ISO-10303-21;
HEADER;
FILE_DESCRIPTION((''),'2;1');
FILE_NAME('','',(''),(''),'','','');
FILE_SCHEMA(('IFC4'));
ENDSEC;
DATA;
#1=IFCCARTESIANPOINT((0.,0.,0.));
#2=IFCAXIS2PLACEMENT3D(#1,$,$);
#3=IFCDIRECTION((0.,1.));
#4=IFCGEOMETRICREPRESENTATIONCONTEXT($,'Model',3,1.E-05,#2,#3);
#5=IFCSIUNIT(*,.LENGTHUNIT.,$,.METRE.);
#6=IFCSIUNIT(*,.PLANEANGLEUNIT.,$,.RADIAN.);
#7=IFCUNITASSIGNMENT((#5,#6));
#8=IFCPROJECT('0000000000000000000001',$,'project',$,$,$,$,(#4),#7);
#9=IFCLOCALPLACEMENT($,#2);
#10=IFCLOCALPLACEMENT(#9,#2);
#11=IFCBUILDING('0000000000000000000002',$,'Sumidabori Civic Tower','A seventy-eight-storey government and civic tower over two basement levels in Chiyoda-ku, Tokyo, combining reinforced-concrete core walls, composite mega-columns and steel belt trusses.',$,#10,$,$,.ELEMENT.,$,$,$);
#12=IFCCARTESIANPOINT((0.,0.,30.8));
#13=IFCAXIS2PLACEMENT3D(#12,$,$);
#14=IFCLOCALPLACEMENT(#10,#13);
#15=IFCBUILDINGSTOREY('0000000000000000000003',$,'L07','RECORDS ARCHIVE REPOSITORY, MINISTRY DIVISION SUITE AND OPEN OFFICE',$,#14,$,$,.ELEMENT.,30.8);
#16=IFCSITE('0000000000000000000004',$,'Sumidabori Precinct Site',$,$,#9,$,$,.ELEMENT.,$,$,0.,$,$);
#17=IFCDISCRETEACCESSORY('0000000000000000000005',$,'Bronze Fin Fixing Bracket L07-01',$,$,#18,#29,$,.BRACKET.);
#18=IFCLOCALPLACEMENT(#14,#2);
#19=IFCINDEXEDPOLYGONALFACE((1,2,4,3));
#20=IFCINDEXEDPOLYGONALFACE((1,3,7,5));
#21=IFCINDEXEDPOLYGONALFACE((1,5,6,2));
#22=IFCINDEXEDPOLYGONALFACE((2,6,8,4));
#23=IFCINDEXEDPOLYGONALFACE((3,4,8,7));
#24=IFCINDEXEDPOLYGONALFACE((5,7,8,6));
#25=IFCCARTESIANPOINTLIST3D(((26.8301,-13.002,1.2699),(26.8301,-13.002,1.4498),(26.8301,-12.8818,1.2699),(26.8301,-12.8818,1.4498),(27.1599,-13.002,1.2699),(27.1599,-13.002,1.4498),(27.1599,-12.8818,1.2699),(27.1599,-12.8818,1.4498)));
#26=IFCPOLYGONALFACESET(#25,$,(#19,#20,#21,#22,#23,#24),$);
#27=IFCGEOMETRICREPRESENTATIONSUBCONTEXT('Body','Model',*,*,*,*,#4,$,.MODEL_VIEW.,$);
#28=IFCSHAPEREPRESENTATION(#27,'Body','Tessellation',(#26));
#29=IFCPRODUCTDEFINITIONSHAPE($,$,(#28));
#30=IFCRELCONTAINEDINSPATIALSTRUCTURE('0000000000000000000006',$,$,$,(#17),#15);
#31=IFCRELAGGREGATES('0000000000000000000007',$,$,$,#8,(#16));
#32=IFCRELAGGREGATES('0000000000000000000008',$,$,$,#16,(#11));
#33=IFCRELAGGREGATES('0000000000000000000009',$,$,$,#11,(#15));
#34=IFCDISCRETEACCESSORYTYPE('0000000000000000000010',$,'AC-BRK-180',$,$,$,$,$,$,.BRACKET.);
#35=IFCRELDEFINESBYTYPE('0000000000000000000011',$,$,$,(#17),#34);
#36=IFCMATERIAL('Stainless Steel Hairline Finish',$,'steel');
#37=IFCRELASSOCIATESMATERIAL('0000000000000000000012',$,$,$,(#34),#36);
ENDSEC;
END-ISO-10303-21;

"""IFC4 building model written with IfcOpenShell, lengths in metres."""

from ifc_helpers import new_model, si_unit, direction, frame, origin, origin_2d, place, context, subcontext, project, spatial, rectangle, extrude, source, transform, mapped, material, material_profile, profile_set, type_object, element, save


model = new_model("IFC4")

# Units and contexts
model_context = context("Model", 3, precision=1e-05, world=origin(), true_north=direction((0.0, 1.0)))
body_context = subcontext(model_context, "Body", "Model", "MODEL_VIEW")
ifc_project = project(units=[si_unit("LENGTHUNIT", "METRE"), si_unit("PLANEANGLEUNIT", "RADIAN")], contexts=[model_context])

# Site, building, storey
site_placement = place(None, origin())
site = spatial("IfcSite", under=ifc_project, at=site_placement, Name="Sumidabori Precinct Site", CompositionType="ELEMENT", RefElevation=0.0)
building_placement = place(site_placement, origin())
building = spatial("IfcBuilding", under=site, at=building_placement, Name="Sumidabori Civic Tower", Description="A seventy-eight-storey government and civic tower over two basement levels in Chiyoda-ku, Tokyo, combining reinforced-concrete core walls, composite mega-columns and steel belt trusses.", CompositionType="ELEMENT")
storey_placement = place(building_placement, frame((0.0, 0.0, 30.8)))
storey = spatial("IfcBuildingStorey", under=building, at=storey_placement, Name="L07", Description="RECORDS ARCHIVE REPOSITORY, MINISTRY DIVISION SUITE AND OPEN OFFICE", CompositionType="ELEMENT", Elevation=30.8)

# Discrete accessory
ifc_material_1 = material(Name="Stainless Steel Hairline Finish", Category="steel")
ifc_material_profile_1 = material_profile(ifc_material_1, rectangle(XDim=0.1201, YDim=0.1799, at=origin_2d()), Name="STEEL BRACKET 180x120")
ifc_profile_set_1 = profile_set([ifc_material_profile_1], Name="Stainless Steel Hairline Finish")
discrete_accessory_type = type_object("IfcDiscreteAccessoryType", Name="AC-BRK-180", PredefinedType="BRACKET", material=ifc_profile_set_1)
shared_shape_1 = source(origin(), body_context, "Body", "SweptSolid", [
    extrude(rectangle(XDim=0.1201, YDim=0.1799, at=origin_2d()), origin(), (0.0, 0.0, 1.0), 0.3298),
])
discrete_accessory_placement = place(storey_placement, frame((26.8301, -12.9419, 1.3599), z_axis=(1.0, 0.0, 0.0), x_axis=(0.0, 1.0, 0.0)))
element("IfcDiscreteAccessory", 1, at=discrete_accessory_placement, inside=storey, type_object=discrete_accessory_type, Name="Bronze Fin Fixing Bracket L07-01", PredefinedType="BRACKET", context=body_context, shape_type="MappedRepresentation", body=[
    mapped(shared_shape_1, transform((0.0, 0.0, 0.0), x_axis=(1.0, 0.0, 0.0), y_axis=(0.0, 1.0, 0.0), z_axis=(0.0, 0.0, 1.0), scale=1.0)),
])

save(model, "model.ifc")
